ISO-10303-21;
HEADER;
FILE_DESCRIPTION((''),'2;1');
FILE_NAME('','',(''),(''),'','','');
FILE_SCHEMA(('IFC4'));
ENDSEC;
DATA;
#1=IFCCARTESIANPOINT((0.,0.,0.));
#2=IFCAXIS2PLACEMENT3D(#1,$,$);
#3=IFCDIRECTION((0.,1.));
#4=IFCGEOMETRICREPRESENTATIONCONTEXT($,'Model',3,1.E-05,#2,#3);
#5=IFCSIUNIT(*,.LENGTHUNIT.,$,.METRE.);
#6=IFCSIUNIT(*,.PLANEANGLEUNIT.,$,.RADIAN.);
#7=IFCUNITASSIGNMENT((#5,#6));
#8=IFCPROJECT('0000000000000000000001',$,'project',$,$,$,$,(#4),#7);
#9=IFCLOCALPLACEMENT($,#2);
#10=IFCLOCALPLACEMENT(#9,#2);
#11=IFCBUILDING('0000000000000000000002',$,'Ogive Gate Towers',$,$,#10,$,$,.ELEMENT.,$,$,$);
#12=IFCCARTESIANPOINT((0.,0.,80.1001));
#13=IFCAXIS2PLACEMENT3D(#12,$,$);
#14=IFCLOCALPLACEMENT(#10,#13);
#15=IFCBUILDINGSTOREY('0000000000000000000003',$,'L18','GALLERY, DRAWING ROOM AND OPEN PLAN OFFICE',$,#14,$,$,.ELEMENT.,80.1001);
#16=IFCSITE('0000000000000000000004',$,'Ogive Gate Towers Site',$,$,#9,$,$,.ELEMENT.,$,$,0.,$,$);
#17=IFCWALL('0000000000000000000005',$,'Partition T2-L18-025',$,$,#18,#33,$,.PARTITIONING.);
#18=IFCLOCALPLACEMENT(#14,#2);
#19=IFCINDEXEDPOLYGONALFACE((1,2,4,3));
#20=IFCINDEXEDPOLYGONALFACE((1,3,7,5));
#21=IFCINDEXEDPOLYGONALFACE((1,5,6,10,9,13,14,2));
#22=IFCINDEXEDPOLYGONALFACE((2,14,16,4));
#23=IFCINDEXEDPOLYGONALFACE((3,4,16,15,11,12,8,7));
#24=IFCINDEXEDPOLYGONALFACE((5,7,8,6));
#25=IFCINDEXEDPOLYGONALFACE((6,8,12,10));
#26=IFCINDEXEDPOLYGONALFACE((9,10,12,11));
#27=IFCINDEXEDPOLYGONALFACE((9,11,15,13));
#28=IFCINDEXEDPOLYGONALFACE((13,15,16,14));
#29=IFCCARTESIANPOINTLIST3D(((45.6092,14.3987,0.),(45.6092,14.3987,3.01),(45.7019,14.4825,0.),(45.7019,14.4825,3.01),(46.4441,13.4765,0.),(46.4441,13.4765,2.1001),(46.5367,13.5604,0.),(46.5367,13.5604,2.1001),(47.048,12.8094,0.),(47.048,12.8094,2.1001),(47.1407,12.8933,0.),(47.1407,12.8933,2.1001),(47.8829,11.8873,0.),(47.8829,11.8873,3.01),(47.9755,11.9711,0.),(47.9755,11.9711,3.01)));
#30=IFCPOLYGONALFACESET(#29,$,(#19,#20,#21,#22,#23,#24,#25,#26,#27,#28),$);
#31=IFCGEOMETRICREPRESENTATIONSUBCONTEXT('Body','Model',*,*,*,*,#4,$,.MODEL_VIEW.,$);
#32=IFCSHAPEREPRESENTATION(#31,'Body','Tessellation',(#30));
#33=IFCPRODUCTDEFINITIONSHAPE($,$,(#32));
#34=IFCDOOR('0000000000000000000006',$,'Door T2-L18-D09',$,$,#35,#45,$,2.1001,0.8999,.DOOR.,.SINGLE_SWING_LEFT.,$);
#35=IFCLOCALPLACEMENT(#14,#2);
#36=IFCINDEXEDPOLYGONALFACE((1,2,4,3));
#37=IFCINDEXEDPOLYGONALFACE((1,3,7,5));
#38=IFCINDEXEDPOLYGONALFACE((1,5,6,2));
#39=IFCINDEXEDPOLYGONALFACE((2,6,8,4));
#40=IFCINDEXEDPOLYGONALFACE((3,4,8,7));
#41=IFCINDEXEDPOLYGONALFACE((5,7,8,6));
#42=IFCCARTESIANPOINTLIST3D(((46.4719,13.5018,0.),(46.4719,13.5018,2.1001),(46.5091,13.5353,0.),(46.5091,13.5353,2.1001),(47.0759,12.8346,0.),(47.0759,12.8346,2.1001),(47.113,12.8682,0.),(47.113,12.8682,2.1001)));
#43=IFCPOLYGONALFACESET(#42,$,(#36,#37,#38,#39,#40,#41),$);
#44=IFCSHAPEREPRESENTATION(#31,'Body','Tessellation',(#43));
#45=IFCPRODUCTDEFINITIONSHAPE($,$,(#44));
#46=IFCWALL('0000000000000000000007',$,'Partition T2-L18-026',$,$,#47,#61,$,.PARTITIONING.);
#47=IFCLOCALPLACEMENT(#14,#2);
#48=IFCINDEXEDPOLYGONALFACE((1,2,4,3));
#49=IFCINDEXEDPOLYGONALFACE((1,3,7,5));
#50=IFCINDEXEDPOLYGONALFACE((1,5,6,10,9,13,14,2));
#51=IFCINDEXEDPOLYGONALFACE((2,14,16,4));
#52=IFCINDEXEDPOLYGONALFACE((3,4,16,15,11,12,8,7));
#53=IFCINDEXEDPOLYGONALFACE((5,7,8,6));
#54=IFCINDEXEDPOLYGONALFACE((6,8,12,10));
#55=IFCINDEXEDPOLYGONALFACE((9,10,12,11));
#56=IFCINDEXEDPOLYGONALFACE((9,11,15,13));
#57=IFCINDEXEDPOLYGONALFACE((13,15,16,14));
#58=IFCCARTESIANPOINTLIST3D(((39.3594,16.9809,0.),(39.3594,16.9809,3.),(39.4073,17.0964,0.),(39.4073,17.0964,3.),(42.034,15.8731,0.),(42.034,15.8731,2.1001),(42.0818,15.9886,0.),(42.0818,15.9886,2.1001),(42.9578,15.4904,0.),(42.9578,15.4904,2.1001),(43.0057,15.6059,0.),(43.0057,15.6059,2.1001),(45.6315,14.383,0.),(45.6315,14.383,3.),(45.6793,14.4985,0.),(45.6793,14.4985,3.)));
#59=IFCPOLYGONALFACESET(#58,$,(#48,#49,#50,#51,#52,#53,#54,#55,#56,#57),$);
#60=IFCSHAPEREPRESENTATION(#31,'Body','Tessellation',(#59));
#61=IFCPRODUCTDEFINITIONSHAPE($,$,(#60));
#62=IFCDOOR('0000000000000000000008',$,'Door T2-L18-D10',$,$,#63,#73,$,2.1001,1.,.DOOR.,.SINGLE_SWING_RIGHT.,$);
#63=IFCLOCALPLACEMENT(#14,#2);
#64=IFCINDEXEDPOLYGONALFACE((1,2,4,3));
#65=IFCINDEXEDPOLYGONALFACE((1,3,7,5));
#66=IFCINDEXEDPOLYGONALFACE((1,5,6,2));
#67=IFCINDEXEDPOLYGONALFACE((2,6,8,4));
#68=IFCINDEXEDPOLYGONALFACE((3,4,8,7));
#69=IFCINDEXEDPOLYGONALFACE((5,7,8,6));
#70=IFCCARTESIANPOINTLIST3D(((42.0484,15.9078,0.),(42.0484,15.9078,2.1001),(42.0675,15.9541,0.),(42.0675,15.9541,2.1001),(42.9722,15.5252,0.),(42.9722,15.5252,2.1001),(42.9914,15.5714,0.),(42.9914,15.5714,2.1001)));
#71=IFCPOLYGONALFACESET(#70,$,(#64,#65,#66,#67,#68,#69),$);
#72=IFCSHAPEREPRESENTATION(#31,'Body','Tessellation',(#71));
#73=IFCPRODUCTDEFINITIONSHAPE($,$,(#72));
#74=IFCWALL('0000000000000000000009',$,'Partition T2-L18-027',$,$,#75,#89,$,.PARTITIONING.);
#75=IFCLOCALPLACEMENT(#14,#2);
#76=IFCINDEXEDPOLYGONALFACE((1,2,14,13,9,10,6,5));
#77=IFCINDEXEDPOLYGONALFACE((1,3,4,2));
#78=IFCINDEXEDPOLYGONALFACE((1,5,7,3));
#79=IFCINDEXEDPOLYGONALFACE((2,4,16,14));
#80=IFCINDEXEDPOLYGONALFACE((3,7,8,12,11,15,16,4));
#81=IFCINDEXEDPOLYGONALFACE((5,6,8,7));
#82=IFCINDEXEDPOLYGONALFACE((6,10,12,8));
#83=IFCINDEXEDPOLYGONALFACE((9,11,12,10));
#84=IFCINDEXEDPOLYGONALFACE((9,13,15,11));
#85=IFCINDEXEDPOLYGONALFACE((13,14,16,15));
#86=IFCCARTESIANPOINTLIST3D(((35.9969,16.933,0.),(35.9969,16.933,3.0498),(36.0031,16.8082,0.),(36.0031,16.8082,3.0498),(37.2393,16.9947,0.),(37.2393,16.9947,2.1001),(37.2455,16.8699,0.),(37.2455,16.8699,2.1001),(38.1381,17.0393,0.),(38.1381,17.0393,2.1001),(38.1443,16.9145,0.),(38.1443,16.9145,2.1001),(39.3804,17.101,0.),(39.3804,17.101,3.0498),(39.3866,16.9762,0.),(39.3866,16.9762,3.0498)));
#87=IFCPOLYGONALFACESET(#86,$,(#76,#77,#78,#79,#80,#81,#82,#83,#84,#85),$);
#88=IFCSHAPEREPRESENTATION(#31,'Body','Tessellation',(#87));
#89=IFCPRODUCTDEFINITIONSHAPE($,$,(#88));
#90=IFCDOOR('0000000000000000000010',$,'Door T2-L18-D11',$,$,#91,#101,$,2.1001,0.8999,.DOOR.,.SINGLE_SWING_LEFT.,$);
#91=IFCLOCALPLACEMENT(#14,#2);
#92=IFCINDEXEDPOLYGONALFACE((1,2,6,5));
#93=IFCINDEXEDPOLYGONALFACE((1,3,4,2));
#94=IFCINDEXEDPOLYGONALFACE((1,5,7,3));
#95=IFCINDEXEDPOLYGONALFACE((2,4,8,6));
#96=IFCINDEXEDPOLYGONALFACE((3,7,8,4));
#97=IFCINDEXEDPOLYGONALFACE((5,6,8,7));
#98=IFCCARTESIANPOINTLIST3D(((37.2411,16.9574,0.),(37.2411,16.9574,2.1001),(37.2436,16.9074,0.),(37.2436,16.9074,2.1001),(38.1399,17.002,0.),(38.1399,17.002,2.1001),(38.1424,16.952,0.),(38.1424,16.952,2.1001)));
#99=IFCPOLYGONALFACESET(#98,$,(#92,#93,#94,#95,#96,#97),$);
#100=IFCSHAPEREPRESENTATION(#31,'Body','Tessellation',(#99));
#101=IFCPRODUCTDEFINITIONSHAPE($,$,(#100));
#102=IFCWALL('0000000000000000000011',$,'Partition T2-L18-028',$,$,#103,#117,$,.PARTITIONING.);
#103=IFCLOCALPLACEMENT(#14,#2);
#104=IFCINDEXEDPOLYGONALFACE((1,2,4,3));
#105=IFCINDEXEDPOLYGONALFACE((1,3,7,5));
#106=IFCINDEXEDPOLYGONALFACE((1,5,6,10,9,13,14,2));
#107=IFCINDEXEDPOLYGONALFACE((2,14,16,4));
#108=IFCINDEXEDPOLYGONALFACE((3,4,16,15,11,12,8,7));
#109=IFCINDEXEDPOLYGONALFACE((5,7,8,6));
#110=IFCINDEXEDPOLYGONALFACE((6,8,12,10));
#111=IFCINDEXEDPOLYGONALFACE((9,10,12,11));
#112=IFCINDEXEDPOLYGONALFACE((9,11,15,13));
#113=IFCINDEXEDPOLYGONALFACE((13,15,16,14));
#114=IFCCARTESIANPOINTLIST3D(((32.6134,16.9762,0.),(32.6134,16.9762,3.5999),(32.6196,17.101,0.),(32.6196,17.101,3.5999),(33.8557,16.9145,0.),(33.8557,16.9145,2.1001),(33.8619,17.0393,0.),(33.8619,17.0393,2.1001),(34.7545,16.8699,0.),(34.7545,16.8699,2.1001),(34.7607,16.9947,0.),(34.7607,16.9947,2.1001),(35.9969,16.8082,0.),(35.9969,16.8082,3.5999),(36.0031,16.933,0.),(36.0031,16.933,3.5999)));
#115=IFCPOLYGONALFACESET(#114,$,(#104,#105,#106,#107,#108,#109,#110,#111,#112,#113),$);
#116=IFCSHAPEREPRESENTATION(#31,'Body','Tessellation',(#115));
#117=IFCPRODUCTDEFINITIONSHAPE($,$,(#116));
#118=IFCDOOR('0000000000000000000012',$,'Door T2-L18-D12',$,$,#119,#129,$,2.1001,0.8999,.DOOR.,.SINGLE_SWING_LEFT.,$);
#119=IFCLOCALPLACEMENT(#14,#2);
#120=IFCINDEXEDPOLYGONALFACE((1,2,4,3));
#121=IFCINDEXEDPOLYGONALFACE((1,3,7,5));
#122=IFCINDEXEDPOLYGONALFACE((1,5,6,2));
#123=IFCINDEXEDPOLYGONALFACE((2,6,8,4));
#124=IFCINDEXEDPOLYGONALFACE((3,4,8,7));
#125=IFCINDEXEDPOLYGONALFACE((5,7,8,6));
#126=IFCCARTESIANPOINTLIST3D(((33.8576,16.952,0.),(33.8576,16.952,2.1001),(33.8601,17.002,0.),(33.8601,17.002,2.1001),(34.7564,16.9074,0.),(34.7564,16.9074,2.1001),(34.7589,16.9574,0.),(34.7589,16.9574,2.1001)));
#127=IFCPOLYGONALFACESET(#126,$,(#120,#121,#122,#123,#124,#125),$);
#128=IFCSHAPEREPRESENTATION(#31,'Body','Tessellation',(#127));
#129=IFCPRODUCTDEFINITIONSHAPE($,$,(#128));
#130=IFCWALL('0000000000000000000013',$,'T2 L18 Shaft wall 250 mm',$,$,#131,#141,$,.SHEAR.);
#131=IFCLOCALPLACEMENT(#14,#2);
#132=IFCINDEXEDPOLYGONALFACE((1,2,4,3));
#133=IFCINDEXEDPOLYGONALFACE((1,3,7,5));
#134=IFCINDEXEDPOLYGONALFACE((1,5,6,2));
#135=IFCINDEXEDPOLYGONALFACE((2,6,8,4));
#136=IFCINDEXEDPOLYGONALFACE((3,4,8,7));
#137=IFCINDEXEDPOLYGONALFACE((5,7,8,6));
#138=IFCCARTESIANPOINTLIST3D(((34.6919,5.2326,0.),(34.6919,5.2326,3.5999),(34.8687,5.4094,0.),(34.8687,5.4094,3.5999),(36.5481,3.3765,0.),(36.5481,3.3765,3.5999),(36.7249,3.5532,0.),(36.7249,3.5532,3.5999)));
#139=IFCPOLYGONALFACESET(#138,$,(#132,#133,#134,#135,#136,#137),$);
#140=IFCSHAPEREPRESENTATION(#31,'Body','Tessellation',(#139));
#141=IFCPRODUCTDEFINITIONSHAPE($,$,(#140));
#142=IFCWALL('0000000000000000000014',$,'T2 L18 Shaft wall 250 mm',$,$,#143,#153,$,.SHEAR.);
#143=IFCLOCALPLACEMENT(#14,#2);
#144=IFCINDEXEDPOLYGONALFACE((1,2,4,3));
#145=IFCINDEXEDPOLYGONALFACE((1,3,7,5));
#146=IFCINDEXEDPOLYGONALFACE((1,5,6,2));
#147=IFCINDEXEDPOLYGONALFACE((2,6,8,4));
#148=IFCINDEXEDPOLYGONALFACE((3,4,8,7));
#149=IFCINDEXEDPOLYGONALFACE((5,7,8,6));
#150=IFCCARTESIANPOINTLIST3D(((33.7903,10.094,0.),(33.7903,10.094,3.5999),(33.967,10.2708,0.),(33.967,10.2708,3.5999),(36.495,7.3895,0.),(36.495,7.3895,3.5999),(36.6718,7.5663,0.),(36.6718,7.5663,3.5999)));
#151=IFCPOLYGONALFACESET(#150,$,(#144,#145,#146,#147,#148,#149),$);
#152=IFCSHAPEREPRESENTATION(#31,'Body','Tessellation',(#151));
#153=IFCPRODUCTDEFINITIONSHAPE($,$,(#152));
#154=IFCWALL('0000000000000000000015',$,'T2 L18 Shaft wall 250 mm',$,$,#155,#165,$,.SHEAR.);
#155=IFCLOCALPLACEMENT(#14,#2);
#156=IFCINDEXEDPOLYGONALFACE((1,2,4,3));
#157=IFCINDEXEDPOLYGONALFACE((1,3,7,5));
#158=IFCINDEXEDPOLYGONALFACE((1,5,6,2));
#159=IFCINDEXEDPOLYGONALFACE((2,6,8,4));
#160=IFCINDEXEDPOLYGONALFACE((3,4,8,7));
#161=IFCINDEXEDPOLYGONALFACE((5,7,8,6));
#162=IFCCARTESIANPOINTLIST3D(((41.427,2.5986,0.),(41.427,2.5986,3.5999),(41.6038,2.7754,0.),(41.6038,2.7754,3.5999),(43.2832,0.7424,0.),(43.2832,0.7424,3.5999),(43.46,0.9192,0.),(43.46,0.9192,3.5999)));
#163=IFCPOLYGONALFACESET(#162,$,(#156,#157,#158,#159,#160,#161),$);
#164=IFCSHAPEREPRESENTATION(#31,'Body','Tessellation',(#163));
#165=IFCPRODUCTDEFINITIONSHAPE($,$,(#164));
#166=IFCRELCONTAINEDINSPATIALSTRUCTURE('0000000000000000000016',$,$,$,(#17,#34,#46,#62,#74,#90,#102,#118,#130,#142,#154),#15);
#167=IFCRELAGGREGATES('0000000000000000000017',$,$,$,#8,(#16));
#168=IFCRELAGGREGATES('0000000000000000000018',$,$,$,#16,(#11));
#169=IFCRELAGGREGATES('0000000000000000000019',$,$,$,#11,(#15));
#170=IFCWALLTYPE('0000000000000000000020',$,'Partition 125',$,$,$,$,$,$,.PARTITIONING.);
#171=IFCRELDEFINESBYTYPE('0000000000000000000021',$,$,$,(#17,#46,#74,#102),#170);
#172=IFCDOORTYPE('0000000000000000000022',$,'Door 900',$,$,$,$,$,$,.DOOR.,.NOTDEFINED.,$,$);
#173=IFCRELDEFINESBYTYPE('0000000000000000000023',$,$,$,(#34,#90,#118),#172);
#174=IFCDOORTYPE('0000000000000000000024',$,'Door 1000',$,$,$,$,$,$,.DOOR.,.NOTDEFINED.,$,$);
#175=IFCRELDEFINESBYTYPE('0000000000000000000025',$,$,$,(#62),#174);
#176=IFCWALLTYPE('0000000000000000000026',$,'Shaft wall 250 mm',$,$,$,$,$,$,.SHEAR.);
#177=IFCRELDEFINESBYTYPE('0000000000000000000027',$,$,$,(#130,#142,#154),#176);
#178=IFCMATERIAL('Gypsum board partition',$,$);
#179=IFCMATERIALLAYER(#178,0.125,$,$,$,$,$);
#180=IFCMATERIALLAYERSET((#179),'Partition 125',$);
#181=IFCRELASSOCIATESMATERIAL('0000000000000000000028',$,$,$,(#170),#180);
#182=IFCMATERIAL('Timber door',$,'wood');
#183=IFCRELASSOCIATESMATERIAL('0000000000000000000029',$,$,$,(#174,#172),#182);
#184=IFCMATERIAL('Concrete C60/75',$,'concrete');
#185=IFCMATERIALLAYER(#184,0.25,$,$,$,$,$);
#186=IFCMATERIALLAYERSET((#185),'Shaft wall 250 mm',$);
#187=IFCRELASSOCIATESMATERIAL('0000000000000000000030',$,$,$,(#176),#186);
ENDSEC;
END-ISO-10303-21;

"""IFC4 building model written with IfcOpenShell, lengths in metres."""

from ifc_helpers import new_model, si_unit, direction, frame, frame_2d, origin, place, context, subcontext, project, spatial, rectangle, extrude, material, layer, layer_set, type_object, element, fill, save


model = new_model("IFC4")

# Units and contexts
model_context = context("Model", 3, precision=1e-05, world=origin(), true_north=direction((0.0, 1.0)))
body_context = subcontext(model_context, "Body", "Model", "MODEL_VIEW")
ifc_project = project(units=[si_unit("LENGTHUNIT", "METRE"), si_unit("PLANEANGLEUNIT", "RADIAN")], contexts=[model_context])

# Site, building, storey
site_placement = place(None, origin())
site = spatial("IfcSite", under=ifc_project, at=site_placement, Name="Ogive Gate Towers Site", CompositionType="ELEMENT", RefElevation=0.0)
building_placement = place(site_placement, origin())
building = spatial("IfcBuilding", under=site, at=building_placement, Name="Ogive Gate Towers", CompositionType="ELEMENT")
storey_placement = place(building_placement, frame((0.0, 0.0, 80.1001)))
storey = spatial("IfcBuildingStorey", under=building, at=storey_placement, Name="L18", Description="GALLERY, DRAWING ROOM AND OPEN PLAN OFFICE", CompositionType="ELEMENT", Elevation=80.1001)

# Shared definitions
ifc_material_1 = material(Name="Gypsum board partition")
ifc_layer_1 = layer(ifc_material_1, 0.125)
ifc_layer_set_1 = layer_set([ifc_layer_1], Name="Partition 125")
wall_type_1 = type_object("IfcWallType", Name="Partition 125", PredefinedType="PARTITIONING", material=ifc_layer_set_1)

# Walls, openings, doors
ifc_material_2 = material(Name="Timber door", Category="wood")
door_type_1 = type_object("IfcDoorType", Name="Door 1000", OperationType="NOTDEFINED", PredefinedType="DOOR", material=ifc_material_2)
wall_1_placement = place(storey_placement, frame((47.9292, 11.9292, 0.0), z_axis=(0.0, 0.0, 1.0), x_axis=(-0.67114, 0.741331, 0.0)))
wall_1 = element("IfcWall", 1, at=wall_1_placement, inside=storey, type_object=wall_type_1, Name="Partition T2-L18-025", PredefinedType="PARTITIONING", context=body_context, shape_type="SweptSolid", body=[
    extrude(rectangle(XDim=3.3877, YDim=0.125, at=frame_2d((1.6938, 0.0))), origin(), (0.0, 0.0, 1.0), 3.01),
])
opening_1_placement = place(wall_1_placement, frame((1.2439, 0.0, 0.0)))
opening_1 = element("IfcOpeningElement", 2, at=opening_1_placement, cuts=wall_1, PredefinedType="OPENING", context=body_context, shape_type="SweptSolid", body=[
    extrude(rectangle(XDim=0.8999, YDim=2.1001, at=frame_2d((0.45, 1.05))), frame((0.0, 0.0725, 0.0), z_axis=(0.0, -1.0, 0.0), x_axis=(1.0, 0.0, 0.0)), (0.0, 0.0, 1.0), 0.145),
])
door_type_2 = type_object("IfcDoorType", Name="Door 900", OperationType="NOTDEFINED", PredefinedType="DOOR", material=ifc_material_2)
door_1_placement = place(opening_1_placement, origin())
door_1 = element("IfcDoor", 3, at=door_1_placement, inside=storey, type_object=door_type_2, Name="Door T2-L18-D09", OperationType="SINGLE_SWING_LEFT", OverallHeight=2.1001, OverallWidth=0.8999, PredefinedType="DOOR", context=body_context, shape_type="SweptSolid", body=[
    extrude(rectangle(XDim=0.8999, YDim=2.1001, at=frame_2d((0.45, 1.05))), frame((0.0, 0.0249, 0.0), z_axis=(0.0, -1.0, 0.0), x_axis=(1.0, 0.0, 0.0)), (0.0, 0.0, 1.0), 0.05),
])
fill(opening_1, door_1)
wall_2_placement = place(storey_placement, frame((45.6555, 14.4407, 0.0), z_axis=(0.0, 0.0, 1.0), x_axis=(-0.923881, 0.382679, 0.0)))
wall_2 = element("IfcWall", 4, at=wall_2_placement, inside=storey, type_object=wall_type_1, Name="Partition T2-L18-026", PredefinedType="PARTITIONING", context=body_context, shape_type="SweptSolid", body=[
    extrude(rectangle(XDim=6.7888, YDim=0.125, at=frame_2d((3.3945, 0.0))), origin(), (0.0, 0.0, 1.0), 3.0),
])
opening_2_placement = place(wall_2_placement, frame((2.894, 0.0, 0.0)))
opening_2 = element("IfcOpeningElement", 5, at=opening_2_placement, cuts=wall_2, PredefinedType="OPENING", context=body_context, shape_type="SweptSolid", body=[
    extrude(rectangle(XDim=1.0, YDim=2.1001, at=frame_2d((0.5, 1.05))), frame((0.0, 0.0725, 0.0), z_axis=(0.0, -1.0, 0.0), x_axis=(1.0, 0.0, 0.0)), (0.0, 0.0, 1.0), 0.145),
])
door_2_placement = place(opening_2_placement, origin())
door_2 = element("IfcDoor", 6, at=door_2_placement, inside=storey, type_object=door_type_1, Name="Door T2-L18-D10", OperationType="SINGLE_SWING_RIGHT", OverallHeight=2.1001, OverallWidth=1.0, PredefinedType="DOOR", context=body_context, shape_type="SweptSolid", body=[
    extrude(rectangle(XDim=1.0, YDim=2.1001, at=frame_2d((0.5, 1.05))), frame((0.0, 0.0249, 0.0), z_axis=(0.0, -1.0, 0.0), x_axis=(1.0, 0.0, 0.0)), (0.0, 0.0, 1.0), 0.05),
])
fill(opening_2, door_2)
wall_3_placement = place(storey_placement, frame((39.3835, 17.0386, 0.0), z_axis=(0.0, 0.0, 1.0), x_axis=(-0.99877, -0.049582, 0.0)))
wall_3 = element("IfcWall", 7, at=wall_3_placement, inside=storey, type_object=wall_type_1, Name="Partition T2-L18-027", PredefinedType="PARTITIONING", context=body_context, shape_type="SweptSolid", body=[
    extrude(rectangle(XDim=3.3877, YDim=0.125, at=frame_2d((1.6938, 0.0))), origin(), (0.0, 0.0, 1.0), 3.0498),
])
opening_3_placement = place(wall_3_placement, frame((1.2439, 0.0, 0.0)))
opening_3 = element("IfcOpeningElement", 8, at=opening_3_placement, cuts=wall_3, PredefinedType="OPENING", context=body_context, shape_type="SweptSolid", body=[
    extrude(rectangle(XDim=0.8999, YDim=2.1001, at=frame_2d((0.45, 1.05))), frame((0.0, 0.0725, 0.0), z_axis=(0.0, -1.0, 0.0), x_axis=(1.0, 0.0, 0.0)), (0.0, 0.0, 1.0), 0.145),
])
door_3_placement = place(opening_3_placement, origin())
door_3 = element("IfcDoor", 9, at=door_3_placement, inside=storey, type_object=door_type_2, Name="Door T2-L18-D11", OperationType="SINGLE_SWING_LEFT", OverallHeight=2.1001, OverallWidth=0.8999, PredefinedType="DOOR", context=body_context, shape_type="SweptSolid", body=[
    extrude(rectangle(XDim=0.8999, YDim=2.1001, at=frame_2d((0.45, 1.05))), frame((0.0, 0.0249, 0.0), z_axis=(0.0, -1.0, 0.0), x_axis=(1.0, 0.0, 0.0)), (0.0, 0.0, 1.0), 0.05),
])
fill(opening_3, door_3)
wall_4_placement = place(storey_placement, frame((36.0, 16.8706, 0.0), z_axis=(0.0, 0.0, 1.0), x_axis=(-0.99877, 0.049582, 0.0)))
wall_4 = element("IfcWall", 10, at=wall_4_placement, inside=storey, type_object=wall_type_1, Name="Partition T2-L18-028", PredefinedType="PARTITIONING", context=body_context, shape_type="SweptSolid", body=[
    extrude(rectangle(XDim=3.3877, YDim=0.125, at=frame_2d((1.6938, 0.0))), origin(), (0.0, 0.0, 1.0), 3.5999),
])
opening_4_placement = place(wall_4_placement, frame((1.2439, 0.0, 0.0)))
opening_4 = element("IfcOpeningElement", 11, at=opening_4_placement, cuts=wall_4, PredefinedType="OPENING", context=body_context, shape_type="SweptSolid", body=[
    extrude(rectangle(XDim=0.8999, YDim=2.1001, at=frame_2d((0.45, 1.05))), frame((0.0, 0.0725, 0.0), z_axis=(0.0, -1.0, 0.0), x_axis=(1.0, 0.0, 0.0)), (0.0, 0.0, 1.0), 0.145),
])
door_4_placement = place(opening_4_placement, origin())
door_4 = element("IfcDoor", 12, at=door_4_placement, inside=storey, type_object=door_type_2, Name="Door T2-L18-D12", OperationType="SINGLE_SWING_LEFT", OverallHeight=2.1001, OverallWidth=0.8999, PredefinedType="DOOR", context=body_context, shape_type="SweptSolid", body=[
    extrude(rectangle(XDim=0.8999, YDim=2.1001, at=frame_2d((0.45, 1.05))), frame((0.0, 0.0249, 0.0), z_axis=(0.0, -1.0, 0.0), x_axis=(1.0, 0.0, 0.0)), (0.0, 0.0, 1.0), 0.05),
])
fill(opening_4, door_4)

# Walls
ifc_material_3 = material(Name="Concrete C60/75", Category="concrete")
ifc_layer_2 = layer(ifc_material_3, 0.25)
ifc_layer_set_2 = layer_set([ifc_layer_2], Name="Shaft wall 250 mm")
wall_type_2 = type_object("IfcWallType", Name="Shaft wall 250 mm", PredefinedType="SHEAR", material=ifc_layer_set_2)
wall_5_placement = place(storey_placement, frame((36.6365, 3.4648, 0.0), z_axis=(0.0, 0.0, 1.0), x_axis=(-0.707107, 0.707107, 0.0)))
element("IfcWall", 13, at=wall_5_placement, inside=storey, type_object=wall_type_2, Name="T2 L18 Shaft wall 250 mm", PredefinedType="SHEAR", context=body_context, shape_type="SweptSolid", body=[
    extrude(rectangle(XDim=2.625, YDim=0.25, at=frame_2d((1.3125, 0.0))), origin(), (0.0, 0.0, 1.0), 3.5999),
])
wall_6_placement = place(storey_placement, frame((36.5835, 7.4778, 0.0), z_axis=(0.0, 0.0, 1.0), x_axis=(-0.707139, 0.707075, 0.0)))
element("IfcWall", 14, at=wall_6_placement, inside=storey, type_object=wall_type_2, Name="T2 L18 Shaft wall 250 mm", PredefinedType="SHEAR", context=body_context, shape_type="SweptSolid", body=[
    extrude(rectangle(XDim=3.825, YDim=0.25, at=frame_2d((1.9126, 0.0))), origin(), (0.0, 0.0, 1.0), 3.5999),
])
wall_7_placement = place(storey_placement, frame((43.3716, 0.8308, 0.0), z_axis=(0.0, 0.0, 1.0), x_axis=(-0.707107, 0.707107, 0.0)))
element("IfcWall", 15, at=wall_7_placement, inside=storey, type_object=wall_type_2, Name="T2 L18 Shaft wall 250 mm", PredefinedType="SHEAR", context=body_context, shape_type="SweptSolid", body=[
    extrude(rectangle(XDim=2.625, YDim=0.25, at=frame_2d((1.3125, 0.0))), origin(), (0.0, 0.0, 1.0), 3.5999),
])

save(model, "model.ifc")
